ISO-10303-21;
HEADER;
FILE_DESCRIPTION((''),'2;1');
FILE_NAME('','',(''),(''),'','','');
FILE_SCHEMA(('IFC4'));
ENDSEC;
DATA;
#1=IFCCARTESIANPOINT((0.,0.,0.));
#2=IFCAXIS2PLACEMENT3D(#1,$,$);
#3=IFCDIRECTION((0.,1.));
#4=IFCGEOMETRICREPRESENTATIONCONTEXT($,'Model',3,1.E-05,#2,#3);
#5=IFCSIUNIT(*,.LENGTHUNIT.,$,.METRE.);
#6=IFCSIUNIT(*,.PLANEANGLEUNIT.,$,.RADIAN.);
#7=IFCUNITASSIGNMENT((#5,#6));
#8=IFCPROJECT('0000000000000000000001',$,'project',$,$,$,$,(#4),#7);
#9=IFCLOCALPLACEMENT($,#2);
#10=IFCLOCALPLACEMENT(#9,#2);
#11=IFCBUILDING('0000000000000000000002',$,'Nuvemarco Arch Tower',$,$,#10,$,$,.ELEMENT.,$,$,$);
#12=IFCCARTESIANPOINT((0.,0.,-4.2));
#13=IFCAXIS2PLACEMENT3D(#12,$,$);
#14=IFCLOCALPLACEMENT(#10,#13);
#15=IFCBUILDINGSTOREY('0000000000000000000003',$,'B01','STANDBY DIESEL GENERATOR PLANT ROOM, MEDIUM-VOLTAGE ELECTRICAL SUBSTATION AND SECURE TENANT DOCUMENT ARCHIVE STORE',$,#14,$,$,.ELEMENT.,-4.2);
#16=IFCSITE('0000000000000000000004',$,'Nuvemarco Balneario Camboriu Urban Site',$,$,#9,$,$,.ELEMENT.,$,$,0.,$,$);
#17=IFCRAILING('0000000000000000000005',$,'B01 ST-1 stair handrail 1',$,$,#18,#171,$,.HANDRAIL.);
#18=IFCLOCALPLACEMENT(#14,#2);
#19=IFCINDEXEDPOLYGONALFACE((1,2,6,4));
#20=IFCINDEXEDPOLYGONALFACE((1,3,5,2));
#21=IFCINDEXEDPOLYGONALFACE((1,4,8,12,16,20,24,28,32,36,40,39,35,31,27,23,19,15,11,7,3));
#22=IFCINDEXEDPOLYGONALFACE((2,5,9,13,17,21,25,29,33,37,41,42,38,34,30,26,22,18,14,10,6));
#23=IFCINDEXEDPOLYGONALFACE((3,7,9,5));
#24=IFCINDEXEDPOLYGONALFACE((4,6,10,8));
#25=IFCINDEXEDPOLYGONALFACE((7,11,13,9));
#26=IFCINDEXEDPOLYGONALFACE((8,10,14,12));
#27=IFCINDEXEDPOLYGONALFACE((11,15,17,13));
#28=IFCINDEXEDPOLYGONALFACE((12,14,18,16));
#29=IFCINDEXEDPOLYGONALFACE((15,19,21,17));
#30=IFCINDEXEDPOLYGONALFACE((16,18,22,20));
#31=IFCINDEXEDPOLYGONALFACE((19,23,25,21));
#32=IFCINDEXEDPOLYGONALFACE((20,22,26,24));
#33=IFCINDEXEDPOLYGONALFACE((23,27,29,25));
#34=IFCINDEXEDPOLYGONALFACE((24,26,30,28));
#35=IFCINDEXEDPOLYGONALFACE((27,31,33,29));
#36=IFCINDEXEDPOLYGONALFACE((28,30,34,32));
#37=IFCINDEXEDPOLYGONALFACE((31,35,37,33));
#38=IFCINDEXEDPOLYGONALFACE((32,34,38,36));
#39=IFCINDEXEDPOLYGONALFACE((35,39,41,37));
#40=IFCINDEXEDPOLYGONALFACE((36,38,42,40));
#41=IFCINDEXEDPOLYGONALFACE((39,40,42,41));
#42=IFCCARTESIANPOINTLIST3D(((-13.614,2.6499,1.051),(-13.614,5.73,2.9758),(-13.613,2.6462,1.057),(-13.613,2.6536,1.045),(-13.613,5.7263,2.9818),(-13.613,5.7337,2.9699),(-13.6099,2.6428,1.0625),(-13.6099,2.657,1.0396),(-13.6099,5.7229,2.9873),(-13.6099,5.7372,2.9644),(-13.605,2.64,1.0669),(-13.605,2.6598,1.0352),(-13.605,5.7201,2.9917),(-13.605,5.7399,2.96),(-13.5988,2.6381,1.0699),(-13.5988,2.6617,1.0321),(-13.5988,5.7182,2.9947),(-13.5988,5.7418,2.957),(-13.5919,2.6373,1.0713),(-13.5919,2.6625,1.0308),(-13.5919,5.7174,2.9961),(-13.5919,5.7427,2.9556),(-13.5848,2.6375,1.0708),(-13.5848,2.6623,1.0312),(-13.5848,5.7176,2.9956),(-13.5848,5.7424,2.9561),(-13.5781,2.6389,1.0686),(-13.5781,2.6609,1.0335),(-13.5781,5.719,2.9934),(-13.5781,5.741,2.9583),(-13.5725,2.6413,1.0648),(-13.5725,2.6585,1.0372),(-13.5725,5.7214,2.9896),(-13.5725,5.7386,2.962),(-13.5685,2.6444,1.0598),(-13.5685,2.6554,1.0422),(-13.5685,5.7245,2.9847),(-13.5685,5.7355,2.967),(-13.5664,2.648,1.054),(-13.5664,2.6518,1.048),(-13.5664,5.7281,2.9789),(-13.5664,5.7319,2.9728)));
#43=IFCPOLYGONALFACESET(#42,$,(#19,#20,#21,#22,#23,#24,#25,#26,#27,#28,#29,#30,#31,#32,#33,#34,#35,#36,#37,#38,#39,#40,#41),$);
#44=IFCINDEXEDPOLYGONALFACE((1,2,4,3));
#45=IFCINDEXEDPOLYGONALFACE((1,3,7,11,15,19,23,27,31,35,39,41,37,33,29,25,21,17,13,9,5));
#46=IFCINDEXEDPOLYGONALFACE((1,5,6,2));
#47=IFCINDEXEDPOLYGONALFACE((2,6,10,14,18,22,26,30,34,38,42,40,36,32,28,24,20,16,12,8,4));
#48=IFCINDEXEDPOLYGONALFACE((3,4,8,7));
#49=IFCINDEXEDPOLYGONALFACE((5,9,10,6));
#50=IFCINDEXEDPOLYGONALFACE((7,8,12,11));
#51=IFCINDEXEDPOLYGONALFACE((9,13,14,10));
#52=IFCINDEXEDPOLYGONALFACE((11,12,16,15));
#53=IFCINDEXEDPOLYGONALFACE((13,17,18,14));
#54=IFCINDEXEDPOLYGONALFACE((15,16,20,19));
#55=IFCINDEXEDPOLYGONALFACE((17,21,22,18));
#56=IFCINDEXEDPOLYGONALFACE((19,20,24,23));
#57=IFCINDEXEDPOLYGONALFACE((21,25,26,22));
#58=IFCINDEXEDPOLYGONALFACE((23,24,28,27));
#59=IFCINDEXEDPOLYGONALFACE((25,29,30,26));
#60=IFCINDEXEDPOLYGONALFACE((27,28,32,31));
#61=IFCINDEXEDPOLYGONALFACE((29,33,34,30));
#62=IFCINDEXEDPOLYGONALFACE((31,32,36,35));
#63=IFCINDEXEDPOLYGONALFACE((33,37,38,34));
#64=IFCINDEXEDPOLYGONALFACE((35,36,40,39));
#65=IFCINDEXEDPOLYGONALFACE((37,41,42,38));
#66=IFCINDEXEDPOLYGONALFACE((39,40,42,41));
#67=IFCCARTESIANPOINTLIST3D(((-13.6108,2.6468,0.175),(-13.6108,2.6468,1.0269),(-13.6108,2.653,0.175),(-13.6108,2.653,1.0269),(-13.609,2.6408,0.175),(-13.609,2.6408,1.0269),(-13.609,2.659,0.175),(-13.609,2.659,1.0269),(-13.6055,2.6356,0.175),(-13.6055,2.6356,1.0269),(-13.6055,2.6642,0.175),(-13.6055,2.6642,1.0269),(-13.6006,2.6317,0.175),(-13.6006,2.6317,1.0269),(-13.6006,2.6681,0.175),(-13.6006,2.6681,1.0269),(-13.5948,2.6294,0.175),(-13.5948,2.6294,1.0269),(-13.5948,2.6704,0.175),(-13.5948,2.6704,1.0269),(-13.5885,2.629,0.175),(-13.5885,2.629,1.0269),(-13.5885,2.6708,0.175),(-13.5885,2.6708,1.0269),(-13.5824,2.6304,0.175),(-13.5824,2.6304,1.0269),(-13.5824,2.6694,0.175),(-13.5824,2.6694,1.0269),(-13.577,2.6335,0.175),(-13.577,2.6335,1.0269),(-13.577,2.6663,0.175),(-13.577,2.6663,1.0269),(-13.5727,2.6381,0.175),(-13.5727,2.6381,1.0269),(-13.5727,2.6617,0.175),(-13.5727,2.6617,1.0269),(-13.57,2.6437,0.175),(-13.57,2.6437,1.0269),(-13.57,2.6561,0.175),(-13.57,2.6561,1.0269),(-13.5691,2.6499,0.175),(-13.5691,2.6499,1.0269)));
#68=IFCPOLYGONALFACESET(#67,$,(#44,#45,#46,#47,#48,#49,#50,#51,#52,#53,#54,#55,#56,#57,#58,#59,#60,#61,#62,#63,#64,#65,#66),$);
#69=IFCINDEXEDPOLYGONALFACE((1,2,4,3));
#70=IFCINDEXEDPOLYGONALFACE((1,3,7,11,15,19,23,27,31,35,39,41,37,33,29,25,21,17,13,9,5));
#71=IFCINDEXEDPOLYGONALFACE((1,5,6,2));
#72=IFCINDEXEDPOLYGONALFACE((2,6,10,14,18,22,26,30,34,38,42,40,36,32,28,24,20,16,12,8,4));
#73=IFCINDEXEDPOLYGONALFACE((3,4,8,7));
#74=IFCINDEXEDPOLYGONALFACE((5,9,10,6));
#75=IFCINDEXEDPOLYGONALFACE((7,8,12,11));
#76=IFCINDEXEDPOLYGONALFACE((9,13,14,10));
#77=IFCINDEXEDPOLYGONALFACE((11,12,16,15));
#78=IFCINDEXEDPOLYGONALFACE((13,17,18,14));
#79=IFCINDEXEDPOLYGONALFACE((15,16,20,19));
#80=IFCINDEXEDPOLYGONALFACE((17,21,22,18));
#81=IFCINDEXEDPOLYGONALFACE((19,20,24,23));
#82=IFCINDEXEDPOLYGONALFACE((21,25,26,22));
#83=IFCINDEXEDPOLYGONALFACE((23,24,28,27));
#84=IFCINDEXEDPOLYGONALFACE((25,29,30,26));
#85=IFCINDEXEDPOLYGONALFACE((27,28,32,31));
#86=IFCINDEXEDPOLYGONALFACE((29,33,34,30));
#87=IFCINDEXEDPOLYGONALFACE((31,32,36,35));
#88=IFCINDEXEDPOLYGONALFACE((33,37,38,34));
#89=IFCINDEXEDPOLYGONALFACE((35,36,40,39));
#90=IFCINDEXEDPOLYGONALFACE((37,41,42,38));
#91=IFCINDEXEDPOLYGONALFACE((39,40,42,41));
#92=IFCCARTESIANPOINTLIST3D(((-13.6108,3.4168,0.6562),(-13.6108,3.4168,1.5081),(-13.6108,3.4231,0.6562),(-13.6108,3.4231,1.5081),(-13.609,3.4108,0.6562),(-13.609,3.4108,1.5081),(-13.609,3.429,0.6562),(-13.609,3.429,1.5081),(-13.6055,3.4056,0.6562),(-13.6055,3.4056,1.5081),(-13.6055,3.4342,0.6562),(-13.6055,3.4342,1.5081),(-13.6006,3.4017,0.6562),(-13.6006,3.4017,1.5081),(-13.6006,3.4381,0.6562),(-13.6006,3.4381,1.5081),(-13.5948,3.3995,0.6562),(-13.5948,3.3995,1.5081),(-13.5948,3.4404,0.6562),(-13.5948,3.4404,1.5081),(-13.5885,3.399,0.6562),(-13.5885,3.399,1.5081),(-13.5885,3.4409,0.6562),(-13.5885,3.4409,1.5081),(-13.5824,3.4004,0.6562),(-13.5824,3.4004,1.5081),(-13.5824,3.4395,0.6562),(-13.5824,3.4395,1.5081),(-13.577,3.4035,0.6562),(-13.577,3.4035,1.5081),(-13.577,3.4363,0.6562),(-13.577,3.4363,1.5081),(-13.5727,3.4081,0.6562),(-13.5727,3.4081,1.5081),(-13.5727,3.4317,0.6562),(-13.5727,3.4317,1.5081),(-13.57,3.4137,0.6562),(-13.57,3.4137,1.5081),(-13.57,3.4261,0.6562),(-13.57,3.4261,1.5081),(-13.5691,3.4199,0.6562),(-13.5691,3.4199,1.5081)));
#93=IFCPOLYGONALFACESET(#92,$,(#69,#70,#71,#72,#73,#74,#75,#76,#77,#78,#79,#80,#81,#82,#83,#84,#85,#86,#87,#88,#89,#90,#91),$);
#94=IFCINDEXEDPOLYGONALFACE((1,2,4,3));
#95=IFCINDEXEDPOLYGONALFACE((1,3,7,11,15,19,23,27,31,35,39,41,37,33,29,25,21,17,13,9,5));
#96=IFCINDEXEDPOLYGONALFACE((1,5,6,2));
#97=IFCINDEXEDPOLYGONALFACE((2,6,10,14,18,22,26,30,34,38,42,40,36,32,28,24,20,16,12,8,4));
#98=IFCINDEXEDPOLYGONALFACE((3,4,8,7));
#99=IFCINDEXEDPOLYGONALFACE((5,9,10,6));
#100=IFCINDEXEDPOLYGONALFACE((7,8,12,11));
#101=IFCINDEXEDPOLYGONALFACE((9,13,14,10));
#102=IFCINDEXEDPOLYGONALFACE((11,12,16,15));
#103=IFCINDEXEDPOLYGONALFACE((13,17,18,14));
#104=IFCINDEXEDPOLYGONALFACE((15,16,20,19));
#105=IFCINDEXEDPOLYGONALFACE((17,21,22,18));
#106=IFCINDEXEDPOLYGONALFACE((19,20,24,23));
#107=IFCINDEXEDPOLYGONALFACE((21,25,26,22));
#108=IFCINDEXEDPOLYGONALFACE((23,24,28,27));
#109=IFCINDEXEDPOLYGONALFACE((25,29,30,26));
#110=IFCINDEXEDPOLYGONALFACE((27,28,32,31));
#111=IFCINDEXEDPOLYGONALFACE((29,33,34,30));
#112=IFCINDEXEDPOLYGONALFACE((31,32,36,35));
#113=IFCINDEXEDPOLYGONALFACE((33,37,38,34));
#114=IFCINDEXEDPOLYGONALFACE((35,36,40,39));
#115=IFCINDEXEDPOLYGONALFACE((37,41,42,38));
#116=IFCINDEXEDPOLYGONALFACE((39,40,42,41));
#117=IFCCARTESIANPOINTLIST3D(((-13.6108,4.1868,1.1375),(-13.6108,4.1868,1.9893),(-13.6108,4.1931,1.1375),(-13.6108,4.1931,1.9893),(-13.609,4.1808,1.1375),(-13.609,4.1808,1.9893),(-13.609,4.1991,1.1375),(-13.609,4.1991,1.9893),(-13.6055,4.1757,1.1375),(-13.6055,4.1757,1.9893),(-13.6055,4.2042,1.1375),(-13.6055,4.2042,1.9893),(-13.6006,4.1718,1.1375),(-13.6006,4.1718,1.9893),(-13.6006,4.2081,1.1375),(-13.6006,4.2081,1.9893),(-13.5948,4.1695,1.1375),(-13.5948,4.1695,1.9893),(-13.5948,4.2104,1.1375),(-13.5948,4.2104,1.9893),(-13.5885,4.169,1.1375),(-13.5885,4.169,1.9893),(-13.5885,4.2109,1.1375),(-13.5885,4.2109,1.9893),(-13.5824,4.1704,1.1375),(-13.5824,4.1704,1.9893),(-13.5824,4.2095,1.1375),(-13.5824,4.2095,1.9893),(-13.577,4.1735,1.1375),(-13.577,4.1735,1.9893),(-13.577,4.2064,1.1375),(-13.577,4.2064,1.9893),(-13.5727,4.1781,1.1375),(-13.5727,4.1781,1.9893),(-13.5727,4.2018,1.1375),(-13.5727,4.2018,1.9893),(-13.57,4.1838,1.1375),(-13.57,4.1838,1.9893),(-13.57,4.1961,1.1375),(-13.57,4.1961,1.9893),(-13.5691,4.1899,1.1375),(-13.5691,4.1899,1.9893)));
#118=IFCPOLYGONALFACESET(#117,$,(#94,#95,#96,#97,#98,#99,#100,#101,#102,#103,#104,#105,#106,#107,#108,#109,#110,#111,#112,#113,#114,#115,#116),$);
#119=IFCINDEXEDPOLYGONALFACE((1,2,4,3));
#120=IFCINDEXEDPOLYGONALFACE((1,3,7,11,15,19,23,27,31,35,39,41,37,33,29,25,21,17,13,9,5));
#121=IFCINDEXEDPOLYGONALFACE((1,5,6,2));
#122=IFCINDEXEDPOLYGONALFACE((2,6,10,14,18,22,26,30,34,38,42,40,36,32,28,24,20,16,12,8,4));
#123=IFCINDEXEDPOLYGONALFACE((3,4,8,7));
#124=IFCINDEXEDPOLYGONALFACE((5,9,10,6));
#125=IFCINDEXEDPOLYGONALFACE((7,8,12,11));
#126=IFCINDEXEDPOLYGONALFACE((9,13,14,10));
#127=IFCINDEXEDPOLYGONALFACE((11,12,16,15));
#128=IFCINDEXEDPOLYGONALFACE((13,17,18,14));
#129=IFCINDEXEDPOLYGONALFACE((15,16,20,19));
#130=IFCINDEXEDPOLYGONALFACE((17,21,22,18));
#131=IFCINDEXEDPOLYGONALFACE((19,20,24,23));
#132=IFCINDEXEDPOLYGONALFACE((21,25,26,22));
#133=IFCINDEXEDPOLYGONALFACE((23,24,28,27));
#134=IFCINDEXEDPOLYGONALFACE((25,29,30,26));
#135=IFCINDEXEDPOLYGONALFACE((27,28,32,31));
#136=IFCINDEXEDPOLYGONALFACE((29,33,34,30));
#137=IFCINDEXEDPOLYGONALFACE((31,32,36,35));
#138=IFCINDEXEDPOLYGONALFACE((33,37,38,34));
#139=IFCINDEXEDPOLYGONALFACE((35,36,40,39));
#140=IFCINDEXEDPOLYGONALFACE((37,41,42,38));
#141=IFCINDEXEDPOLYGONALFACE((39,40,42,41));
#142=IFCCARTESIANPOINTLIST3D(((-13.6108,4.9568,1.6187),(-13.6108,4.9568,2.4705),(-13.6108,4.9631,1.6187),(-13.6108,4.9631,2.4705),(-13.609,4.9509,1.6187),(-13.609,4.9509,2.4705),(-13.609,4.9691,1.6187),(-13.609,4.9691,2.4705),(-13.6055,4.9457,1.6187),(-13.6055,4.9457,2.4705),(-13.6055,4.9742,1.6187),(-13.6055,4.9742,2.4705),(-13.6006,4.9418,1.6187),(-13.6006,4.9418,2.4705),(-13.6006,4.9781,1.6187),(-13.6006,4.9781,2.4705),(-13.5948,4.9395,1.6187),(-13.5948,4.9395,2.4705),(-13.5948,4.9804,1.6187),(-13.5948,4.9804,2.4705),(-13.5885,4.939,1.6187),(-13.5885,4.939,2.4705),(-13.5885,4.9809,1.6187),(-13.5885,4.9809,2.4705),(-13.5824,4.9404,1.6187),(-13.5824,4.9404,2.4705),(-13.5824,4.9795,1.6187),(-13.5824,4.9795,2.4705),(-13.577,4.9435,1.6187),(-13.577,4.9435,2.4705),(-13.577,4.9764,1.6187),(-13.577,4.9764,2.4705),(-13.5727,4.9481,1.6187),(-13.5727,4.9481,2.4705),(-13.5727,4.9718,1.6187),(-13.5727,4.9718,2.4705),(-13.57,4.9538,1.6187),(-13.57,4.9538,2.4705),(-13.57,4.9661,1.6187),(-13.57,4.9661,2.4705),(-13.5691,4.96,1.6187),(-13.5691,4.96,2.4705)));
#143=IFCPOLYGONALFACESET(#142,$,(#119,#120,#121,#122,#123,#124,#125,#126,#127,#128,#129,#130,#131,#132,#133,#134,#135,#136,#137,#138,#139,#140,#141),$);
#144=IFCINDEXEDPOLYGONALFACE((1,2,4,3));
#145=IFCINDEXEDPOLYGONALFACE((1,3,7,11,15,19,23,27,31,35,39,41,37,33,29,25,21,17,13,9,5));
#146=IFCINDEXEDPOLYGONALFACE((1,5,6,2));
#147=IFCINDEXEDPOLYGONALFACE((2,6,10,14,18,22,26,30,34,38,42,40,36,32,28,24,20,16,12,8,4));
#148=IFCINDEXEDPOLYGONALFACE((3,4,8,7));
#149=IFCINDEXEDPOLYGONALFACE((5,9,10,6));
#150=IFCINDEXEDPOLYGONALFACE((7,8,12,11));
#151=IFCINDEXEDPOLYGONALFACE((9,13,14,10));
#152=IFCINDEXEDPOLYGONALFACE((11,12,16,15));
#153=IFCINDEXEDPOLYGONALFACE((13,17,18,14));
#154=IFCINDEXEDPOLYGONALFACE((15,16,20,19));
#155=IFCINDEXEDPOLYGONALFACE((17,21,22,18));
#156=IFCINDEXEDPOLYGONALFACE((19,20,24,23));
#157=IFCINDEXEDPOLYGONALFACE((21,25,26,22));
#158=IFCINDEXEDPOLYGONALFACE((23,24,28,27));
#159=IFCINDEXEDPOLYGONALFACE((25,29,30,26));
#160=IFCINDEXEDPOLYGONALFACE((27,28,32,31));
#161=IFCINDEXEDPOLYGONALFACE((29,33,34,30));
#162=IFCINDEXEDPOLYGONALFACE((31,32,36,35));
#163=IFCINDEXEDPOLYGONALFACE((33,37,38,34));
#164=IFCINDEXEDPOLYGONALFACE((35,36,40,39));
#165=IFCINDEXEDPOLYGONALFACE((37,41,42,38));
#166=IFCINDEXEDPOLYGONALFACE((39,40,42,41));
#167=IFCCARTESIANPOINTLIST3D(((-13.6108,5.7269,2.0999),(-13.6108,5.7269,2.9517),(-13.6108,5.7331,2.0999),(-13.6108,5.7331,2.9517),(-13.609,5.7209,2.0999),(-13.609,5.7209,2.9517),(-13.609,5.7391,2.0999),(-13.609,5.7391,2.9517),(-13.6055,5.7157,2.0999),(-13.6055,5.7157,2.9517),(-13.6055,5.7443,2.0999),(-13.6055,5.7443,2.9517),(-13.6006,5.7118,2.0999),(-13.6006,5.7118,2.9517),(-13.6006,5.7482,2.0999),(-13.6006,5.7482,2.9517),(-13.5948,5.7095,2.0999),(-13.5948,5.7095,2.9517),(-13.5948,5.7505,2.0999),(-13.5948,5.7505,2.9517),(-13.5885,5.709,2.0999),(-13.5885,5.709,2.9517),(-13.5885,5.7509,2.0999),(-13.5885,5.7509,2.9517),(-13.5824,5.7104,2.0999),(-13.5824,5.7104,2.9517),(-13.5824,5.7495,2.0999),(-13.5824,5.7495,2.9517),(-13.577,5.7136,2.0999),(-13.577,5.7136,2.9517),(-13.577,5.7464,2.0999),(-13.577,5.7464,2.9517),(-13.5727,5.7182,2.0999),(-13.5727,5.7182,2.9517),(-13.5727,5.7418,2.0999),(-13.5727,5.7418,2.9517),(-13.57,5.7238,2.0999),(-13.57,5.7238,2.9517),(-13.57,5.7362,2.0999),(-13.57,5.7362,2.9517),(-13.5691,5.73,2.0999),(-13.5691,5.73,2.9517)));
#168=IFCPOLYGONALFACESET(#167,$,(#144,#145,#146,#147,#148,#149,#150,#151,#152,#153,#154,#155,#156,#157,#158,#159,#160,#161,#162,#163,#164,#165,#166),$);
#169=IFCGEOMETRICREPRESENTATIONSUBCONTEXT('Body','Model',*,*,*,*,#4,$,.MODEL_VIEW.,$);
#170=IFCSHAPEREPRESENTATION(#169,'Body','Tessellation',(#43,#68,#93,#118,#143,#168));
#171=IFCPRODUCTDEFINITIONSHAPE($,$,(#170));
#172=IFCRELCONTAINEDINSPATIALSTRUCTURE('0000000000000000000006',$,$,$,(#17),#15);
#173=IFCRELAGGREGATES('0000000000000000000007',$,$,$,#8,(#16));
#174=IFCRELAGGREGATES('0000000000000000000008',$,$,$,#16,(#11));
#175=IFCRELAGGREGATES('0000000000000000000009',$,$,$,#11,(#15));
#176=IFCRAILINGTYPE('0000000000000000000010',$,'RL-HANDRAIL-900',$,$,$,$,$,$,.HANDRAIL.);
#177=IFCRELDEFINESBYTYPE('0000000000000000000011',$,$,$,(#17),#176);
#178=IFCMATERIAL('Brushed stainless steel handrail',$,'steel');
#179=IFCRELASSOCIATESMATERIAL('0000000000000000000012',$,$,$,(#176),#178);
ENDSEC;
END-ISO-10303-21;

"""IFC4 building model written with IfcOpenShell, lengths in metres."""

from ifc_helpers import new_model, si_unit, direction, frame, origin, origin_2d, place, context, subcontext, project, spatial, circle, extrude, material, type_object, element, save


model = new_model("IFC4")

# Units and contexts
model_context = context("Model", 3, precision=1e-05, world=origin(), true_north=direction((0.0, 1.0)))
body_context = subcontext(model_context, "Body", "Model", "MODEL_VIEW")
ifc_project = project(units=[si_unit("LENGTHUNIT", "METRE"), si_unit("PLANEANGLEUNIT", "RADIAN")], contexts=[model_context])

# Site, building, storey
site_placement = place(None, origin())
site = spatial("IfcSite", under=ifc_project, at=site_placement, Name="Nuvemarco Balneario Camboriu Urban Site", CompositionType="ELEMENT", RefElevation=0.0)
building_placement = place(site_placement, origin())
building = spatial("IfcBuilding", under=site, at=building_placement, Name="Nuvemarco Arch Tower", CompositionType="ELEMENT")
storey_placement = place(building_placement, frame((0.0, 0.0, -4.2)))
storey = spatial("IfcBuildingStorey", under=building, at=storey_placement, Name="B01", Description="STANDBY DIESEL GENERATOR PLANT ROOM, MEDIUM-VOLTAGE ELECTRICAL SUBSTATION AND SECURE TENANT DOCUMENT ARCHIVE STORE", CompositionType="ELEMENT", Elevation=-4.2)

# Railing
ifc_material_1 = material(Name="Brushed stainless steel handrail", Category="steel")
railing_type_1 = type_object("IfcRailingType", Name="RL-HANDRAIL-900", PredefinedType="HANDRAIL", material=ifc_material_1)
railing_1_placement = place(storey_placement, frame((-13.5901, 2.6499, 0.175)))
element("IfcRailing", 1, at=railing_1_placement, inside=storey, type_object=railing_type_1, Name="B01 ST-1 stair handrail 1", PredefinedType="HANDRAIL", context=body_context, shape_type="SweptSolid", body=[
    extrude(circle(Radius=0.0239, at=origin_2d()), frame((0.0, 0.0, 0.876), z_axis=(0.0, 0.848029, 0.529951), x_axis=(-1.0, 0.0, 0.0)), (0.0, 0.0, 1.0), 3.6321),
    extrude(circle(Radius=0.021, at=origin_2d()), origin(), (0.0, 0.0, 1.0), 0.8518),
    extrude(circle(Radius=0.021, at=origin_2d()), frame((0.0, 0.77, 0.4812)), (0.0, 0.0, 1.0), 0.8518),
    extrude(circle(Radius=0.021, at=origin_2d()), frame((0.0, 1.54, 0.9624)), (0.0, 0.0, 1.0), 0.8518),
    extrude(circle(Radius=0.021, at=origin_2d()), frame((0.0, 2.3101, 1.4436)), (0.0, 0.0, 1.0), 0.8518),
    extrude(circle(Radius=0.021, at=origin_2d()), frame((0.0, 3.0801, 1.9248)), (0.0, 0.0, 1.0), 0.8518),
])

save(model, "model.ifc")
